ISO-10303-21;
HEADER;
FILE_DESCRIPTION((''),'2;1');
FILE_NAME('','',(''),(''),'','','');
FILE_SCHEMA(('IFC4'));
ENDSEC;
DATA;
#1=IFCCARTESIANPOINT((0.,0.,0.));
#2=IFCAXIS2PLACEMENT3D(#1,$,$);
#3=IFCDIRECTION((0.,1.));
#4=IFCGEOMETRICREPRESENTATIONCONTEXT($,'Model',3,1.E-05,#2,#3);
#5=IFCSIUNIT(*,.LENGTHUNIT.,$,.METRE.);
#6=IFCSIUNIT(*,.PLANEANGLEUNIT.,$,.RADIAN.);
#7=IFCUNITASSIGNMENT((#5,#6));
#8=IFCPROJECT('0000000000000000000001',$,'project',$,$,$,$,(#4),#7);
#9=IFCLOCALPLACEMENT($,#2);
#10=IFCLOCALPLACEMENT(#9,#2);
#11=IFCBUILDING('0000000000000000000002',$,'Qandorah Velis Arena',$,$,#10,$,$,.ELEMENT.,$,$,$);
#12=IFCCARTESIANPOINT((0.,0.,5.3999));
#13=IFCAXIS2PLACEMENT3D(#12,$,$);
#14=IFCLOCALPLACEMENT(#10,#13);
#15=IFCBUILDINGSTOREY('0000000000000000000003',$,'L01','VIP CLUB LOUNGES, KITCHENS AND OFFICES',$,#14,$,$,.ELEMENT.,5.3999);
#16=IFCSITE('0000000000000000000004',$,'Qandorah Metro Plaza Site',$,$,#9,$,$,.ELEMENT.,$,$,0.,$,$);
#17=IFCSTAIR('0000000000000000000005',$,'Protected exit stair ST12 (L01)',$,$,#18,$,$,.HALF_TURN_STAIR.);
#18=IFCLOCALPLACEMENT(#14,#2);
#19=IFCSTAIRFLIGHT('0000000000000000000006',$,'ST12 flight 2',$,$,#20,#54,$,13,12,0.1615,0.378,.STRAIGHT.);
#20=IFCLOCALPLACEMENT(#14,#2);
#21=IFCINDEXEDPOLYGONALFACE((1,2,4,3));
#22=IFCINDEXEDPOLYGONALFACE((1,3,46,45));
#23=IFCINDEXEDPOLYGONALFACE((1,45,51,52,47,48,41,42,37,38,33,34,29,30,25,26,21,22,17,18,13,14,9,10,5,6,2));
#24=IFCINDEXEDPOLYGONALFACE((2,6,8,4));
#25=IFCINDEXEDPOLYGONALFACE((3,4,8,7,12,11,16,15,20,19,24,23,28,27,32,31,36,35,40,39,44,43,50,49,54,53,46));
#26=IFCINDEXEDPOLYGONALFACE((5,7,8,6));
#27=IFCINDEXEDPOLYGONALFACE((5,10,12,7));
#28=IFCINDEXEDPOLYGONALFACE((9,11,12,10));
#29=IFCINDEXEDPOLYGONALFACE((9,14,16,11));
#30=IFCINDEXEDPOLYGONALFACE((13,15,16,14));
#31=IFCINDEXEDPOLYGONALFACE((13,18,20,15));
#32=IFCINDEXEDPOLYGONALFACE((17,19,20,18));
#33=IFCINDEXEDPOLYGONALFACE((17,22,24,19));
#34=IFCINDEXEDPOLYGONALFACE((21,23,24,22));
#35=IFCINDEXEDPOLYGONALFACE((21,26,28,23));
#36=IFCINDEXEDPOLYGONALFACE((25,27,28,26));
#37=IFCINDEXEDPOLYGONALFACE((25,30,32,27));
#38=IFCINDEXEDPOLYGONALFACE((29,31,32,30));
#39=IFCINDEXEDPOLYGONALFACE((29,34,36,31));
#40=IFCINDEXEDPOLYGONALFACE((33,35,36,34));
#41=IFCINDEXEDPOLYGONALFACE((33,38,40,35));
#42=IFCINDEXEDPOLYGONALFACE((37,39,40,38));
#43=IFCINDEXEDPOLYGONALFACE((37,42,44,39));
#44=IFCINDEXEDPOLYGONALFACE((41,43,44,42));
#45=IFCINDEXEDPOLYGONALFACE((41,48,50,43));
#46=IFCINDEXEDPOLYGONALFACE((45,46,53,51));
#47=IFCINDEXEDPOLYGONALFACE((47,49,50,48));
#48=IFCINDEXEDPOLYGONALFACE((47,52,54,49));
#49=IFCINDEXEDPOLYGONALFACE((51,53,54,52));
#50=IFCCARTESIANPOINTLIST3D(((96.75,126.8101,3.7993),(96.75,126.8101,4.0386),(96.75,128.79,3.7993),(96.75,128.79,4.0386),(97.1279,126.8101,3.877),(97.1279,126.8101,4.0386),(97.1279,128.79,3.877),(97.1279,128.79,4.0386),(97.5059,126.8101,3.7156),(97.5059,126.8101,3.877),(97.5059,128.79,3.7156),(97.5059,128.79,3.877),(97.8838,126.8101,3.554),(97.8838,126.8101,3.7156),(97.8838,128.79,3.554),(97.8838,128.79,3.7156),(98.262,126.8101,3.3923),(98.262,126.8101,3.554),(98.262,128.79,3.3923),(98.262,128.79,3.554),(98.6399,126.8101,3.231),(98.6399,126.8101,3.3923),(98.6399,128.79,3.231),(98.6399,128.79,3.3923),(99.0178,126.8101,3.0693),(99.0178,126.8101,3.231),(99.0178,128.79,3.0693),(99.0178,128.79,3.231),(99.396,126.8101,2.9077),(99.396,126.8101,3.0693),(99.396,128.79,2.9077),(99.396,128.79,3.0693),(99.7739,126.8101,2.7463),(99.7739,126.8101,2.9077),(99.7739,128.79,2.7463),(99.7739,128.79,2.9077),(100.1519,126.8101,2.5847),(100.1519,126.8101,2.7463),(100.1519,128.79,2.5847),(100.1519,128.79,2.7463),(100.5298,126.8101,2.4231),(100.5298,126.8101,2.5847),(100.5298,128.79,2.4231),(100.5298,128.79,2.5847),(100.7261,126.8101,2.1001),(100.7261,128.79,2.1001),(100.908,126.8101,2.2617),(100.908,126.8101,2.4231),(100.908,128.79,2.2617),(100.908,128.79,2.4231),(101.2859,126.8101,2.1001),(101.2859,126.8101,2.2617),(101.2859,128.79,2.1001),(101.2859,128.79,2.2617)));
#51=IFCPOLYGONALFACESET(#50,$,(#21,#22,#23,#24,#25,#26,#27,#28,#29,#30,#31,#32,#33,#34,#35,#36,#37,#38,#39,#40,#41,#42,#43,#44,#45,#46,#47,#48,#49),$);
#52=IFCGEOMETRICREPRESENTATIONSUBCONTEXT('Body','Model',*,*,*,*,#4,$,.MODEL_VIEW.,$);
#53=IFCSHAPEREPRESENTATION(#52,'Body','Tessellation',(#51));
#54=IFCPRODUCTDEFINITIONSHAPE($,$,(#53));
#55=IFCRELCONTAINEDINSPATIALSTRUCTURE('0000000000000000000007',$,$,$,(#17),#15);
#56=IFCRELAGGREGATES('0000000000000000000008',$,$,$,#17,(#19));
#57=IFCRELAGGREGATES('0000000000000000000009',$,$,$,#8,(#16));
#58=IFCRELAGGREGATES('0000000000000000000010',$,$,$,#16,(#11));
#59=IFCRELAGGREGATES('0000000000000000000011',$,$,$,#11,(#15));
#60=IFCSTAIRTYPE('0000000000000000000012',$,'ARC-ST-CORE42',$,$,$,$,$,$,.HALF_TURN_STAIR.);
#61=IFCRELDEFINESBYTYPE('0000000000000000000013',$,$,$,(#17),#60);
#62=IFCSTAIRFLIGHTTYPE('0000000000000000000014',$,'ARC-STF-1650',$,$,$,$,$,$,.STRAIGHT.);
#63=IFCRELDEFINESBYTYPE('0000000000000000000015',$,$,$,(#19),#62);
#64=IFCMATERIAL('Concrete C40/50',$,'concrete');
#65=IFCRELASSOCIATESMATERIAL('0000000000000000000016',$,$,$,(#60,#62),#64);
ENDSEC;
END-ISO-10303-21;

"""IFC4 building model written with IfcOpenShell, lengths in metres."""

from ifc_helpers import new_model, si_unit, direction, frame, origin, place, context, subcontext, project, spatial, polyline, outline, extrude, material, type_object, element, aggregate, save


model = new_model("IFC4")

# Units and contexts
model_context = context("Model", 3, precision=1e-05, world=origin(), true_north=direction((0.0, 1.0)))
body_context = subcontext(model_context, "Body", "Model", "MODEL_VIEW")
ifc_project = project(units=[si_unit("LENGTHUNIT", "METRE"), si_unit("PLANEANGLEUNIT", "RADIAN")], contexts=[model_context])

# Site, building, storey
site_placement = place(None, origin())
site = spatial("IfcSite", under=ifc_project, at=site_placement, Name="Qandorah Metro Plaza Site", CompositionType="ELEMENT", RefElevation=0.0)
building_placement = place(site_placement, origin())
building = spatial("IfcBuilding", under=site, at=building_placement, Name="Qandorah Velis Arena", CompositionType="ELEMENT")
storey_placement = place(building_placement, frame((0.0, 0.0, 5.3999)))
storey = spatial("IfcBuildingStorey", under=building, at=storey_placement, Name="L01", Description="VIP CLUB LOUNGES, KITCHENS AND OFFICES", CompositionType="ELEMENT", Elevation=5.3999)

# Shared definitions
ifc_material_1 = material(Name="Concrete C40/50", Category="concrete")

# Stair, stair flight
stair_type = type_object("IfcStairType", Name="ARC-ST-CORE42", PredefinedType="HALF_TURN_STAIR", material=ifc_material_1)
stair_placement = place(storey_placement, origin())
stair = element("IfcStair", 1, at=stair_placement, inside=storey, type_object=stair_type, Name="Protected exit stair ST12 (L01)", PredefinedType="HALF_TURN_STAIR")
stair_flight_type = type_object("IfcStairFlightType", Name="ARC-STF-1650", PredefinedType="STRAIGHT", material=ifc_material_1)
stair_flight_1_placement = place(storey_placement, frame((101.2859, 127.8, 2.1001), z_axis=(0.0, 0.0, 1.0), x_axis=(-1.0, 0.0, 0.0)))
stair_flight_1 = element("IfcStairFlight", 2, at=stair_flight_1_placement, type_object=stair_flight_type, Name="ST12 flight 2", NumberOfRisers=13, NumberOfTreads=12, PredefinedType="STRAIGHT", RiserHeight=0.1615, TreadLength=0.378, context=body_context, shape_type="SweptSolid", body=[
    extrude(outline(polyline([(0.0, 0.0), (0.0, 0.1616), (0.3779, 0.1616), (0.3779, 0.323), (0.7561, 0.323), (0.7561, 0.4846), (1.134, 0.4846), (1.134, 0.6462), (1.512, 0.6462), (1.512, 0.8076), (1.8899, 0.8076), (1.8899, 0.9692), (2.2681, 0.9692), (2.2681, 1.1309), (2.646, 1.1309), (2.646, 1.2922), (3.0239, 1.2922), (3.0239, 1.4539), (3.4021, 1.4539), (3.4021, 1.6155), (3.78, 1.6155), (3.78, 1.7769), (4.158, 1.7769), (4.158, 1.9385), (4.5359, 1.9385), (4.5359, 2.1001), (4.5359, 1.6992), (0.5598, 0.0), (0.0, 0.0)])), frame((0.0, 0.99, 0.0), z_axis=(0.0, -1.0, 0.0), x_axis=(1.0, 0.0, 0.0)), (0.0, 0.0, 1.0), 1.98),
])
aggregate(stair, [stair_flight_1])

save(model, "model.ifc")
